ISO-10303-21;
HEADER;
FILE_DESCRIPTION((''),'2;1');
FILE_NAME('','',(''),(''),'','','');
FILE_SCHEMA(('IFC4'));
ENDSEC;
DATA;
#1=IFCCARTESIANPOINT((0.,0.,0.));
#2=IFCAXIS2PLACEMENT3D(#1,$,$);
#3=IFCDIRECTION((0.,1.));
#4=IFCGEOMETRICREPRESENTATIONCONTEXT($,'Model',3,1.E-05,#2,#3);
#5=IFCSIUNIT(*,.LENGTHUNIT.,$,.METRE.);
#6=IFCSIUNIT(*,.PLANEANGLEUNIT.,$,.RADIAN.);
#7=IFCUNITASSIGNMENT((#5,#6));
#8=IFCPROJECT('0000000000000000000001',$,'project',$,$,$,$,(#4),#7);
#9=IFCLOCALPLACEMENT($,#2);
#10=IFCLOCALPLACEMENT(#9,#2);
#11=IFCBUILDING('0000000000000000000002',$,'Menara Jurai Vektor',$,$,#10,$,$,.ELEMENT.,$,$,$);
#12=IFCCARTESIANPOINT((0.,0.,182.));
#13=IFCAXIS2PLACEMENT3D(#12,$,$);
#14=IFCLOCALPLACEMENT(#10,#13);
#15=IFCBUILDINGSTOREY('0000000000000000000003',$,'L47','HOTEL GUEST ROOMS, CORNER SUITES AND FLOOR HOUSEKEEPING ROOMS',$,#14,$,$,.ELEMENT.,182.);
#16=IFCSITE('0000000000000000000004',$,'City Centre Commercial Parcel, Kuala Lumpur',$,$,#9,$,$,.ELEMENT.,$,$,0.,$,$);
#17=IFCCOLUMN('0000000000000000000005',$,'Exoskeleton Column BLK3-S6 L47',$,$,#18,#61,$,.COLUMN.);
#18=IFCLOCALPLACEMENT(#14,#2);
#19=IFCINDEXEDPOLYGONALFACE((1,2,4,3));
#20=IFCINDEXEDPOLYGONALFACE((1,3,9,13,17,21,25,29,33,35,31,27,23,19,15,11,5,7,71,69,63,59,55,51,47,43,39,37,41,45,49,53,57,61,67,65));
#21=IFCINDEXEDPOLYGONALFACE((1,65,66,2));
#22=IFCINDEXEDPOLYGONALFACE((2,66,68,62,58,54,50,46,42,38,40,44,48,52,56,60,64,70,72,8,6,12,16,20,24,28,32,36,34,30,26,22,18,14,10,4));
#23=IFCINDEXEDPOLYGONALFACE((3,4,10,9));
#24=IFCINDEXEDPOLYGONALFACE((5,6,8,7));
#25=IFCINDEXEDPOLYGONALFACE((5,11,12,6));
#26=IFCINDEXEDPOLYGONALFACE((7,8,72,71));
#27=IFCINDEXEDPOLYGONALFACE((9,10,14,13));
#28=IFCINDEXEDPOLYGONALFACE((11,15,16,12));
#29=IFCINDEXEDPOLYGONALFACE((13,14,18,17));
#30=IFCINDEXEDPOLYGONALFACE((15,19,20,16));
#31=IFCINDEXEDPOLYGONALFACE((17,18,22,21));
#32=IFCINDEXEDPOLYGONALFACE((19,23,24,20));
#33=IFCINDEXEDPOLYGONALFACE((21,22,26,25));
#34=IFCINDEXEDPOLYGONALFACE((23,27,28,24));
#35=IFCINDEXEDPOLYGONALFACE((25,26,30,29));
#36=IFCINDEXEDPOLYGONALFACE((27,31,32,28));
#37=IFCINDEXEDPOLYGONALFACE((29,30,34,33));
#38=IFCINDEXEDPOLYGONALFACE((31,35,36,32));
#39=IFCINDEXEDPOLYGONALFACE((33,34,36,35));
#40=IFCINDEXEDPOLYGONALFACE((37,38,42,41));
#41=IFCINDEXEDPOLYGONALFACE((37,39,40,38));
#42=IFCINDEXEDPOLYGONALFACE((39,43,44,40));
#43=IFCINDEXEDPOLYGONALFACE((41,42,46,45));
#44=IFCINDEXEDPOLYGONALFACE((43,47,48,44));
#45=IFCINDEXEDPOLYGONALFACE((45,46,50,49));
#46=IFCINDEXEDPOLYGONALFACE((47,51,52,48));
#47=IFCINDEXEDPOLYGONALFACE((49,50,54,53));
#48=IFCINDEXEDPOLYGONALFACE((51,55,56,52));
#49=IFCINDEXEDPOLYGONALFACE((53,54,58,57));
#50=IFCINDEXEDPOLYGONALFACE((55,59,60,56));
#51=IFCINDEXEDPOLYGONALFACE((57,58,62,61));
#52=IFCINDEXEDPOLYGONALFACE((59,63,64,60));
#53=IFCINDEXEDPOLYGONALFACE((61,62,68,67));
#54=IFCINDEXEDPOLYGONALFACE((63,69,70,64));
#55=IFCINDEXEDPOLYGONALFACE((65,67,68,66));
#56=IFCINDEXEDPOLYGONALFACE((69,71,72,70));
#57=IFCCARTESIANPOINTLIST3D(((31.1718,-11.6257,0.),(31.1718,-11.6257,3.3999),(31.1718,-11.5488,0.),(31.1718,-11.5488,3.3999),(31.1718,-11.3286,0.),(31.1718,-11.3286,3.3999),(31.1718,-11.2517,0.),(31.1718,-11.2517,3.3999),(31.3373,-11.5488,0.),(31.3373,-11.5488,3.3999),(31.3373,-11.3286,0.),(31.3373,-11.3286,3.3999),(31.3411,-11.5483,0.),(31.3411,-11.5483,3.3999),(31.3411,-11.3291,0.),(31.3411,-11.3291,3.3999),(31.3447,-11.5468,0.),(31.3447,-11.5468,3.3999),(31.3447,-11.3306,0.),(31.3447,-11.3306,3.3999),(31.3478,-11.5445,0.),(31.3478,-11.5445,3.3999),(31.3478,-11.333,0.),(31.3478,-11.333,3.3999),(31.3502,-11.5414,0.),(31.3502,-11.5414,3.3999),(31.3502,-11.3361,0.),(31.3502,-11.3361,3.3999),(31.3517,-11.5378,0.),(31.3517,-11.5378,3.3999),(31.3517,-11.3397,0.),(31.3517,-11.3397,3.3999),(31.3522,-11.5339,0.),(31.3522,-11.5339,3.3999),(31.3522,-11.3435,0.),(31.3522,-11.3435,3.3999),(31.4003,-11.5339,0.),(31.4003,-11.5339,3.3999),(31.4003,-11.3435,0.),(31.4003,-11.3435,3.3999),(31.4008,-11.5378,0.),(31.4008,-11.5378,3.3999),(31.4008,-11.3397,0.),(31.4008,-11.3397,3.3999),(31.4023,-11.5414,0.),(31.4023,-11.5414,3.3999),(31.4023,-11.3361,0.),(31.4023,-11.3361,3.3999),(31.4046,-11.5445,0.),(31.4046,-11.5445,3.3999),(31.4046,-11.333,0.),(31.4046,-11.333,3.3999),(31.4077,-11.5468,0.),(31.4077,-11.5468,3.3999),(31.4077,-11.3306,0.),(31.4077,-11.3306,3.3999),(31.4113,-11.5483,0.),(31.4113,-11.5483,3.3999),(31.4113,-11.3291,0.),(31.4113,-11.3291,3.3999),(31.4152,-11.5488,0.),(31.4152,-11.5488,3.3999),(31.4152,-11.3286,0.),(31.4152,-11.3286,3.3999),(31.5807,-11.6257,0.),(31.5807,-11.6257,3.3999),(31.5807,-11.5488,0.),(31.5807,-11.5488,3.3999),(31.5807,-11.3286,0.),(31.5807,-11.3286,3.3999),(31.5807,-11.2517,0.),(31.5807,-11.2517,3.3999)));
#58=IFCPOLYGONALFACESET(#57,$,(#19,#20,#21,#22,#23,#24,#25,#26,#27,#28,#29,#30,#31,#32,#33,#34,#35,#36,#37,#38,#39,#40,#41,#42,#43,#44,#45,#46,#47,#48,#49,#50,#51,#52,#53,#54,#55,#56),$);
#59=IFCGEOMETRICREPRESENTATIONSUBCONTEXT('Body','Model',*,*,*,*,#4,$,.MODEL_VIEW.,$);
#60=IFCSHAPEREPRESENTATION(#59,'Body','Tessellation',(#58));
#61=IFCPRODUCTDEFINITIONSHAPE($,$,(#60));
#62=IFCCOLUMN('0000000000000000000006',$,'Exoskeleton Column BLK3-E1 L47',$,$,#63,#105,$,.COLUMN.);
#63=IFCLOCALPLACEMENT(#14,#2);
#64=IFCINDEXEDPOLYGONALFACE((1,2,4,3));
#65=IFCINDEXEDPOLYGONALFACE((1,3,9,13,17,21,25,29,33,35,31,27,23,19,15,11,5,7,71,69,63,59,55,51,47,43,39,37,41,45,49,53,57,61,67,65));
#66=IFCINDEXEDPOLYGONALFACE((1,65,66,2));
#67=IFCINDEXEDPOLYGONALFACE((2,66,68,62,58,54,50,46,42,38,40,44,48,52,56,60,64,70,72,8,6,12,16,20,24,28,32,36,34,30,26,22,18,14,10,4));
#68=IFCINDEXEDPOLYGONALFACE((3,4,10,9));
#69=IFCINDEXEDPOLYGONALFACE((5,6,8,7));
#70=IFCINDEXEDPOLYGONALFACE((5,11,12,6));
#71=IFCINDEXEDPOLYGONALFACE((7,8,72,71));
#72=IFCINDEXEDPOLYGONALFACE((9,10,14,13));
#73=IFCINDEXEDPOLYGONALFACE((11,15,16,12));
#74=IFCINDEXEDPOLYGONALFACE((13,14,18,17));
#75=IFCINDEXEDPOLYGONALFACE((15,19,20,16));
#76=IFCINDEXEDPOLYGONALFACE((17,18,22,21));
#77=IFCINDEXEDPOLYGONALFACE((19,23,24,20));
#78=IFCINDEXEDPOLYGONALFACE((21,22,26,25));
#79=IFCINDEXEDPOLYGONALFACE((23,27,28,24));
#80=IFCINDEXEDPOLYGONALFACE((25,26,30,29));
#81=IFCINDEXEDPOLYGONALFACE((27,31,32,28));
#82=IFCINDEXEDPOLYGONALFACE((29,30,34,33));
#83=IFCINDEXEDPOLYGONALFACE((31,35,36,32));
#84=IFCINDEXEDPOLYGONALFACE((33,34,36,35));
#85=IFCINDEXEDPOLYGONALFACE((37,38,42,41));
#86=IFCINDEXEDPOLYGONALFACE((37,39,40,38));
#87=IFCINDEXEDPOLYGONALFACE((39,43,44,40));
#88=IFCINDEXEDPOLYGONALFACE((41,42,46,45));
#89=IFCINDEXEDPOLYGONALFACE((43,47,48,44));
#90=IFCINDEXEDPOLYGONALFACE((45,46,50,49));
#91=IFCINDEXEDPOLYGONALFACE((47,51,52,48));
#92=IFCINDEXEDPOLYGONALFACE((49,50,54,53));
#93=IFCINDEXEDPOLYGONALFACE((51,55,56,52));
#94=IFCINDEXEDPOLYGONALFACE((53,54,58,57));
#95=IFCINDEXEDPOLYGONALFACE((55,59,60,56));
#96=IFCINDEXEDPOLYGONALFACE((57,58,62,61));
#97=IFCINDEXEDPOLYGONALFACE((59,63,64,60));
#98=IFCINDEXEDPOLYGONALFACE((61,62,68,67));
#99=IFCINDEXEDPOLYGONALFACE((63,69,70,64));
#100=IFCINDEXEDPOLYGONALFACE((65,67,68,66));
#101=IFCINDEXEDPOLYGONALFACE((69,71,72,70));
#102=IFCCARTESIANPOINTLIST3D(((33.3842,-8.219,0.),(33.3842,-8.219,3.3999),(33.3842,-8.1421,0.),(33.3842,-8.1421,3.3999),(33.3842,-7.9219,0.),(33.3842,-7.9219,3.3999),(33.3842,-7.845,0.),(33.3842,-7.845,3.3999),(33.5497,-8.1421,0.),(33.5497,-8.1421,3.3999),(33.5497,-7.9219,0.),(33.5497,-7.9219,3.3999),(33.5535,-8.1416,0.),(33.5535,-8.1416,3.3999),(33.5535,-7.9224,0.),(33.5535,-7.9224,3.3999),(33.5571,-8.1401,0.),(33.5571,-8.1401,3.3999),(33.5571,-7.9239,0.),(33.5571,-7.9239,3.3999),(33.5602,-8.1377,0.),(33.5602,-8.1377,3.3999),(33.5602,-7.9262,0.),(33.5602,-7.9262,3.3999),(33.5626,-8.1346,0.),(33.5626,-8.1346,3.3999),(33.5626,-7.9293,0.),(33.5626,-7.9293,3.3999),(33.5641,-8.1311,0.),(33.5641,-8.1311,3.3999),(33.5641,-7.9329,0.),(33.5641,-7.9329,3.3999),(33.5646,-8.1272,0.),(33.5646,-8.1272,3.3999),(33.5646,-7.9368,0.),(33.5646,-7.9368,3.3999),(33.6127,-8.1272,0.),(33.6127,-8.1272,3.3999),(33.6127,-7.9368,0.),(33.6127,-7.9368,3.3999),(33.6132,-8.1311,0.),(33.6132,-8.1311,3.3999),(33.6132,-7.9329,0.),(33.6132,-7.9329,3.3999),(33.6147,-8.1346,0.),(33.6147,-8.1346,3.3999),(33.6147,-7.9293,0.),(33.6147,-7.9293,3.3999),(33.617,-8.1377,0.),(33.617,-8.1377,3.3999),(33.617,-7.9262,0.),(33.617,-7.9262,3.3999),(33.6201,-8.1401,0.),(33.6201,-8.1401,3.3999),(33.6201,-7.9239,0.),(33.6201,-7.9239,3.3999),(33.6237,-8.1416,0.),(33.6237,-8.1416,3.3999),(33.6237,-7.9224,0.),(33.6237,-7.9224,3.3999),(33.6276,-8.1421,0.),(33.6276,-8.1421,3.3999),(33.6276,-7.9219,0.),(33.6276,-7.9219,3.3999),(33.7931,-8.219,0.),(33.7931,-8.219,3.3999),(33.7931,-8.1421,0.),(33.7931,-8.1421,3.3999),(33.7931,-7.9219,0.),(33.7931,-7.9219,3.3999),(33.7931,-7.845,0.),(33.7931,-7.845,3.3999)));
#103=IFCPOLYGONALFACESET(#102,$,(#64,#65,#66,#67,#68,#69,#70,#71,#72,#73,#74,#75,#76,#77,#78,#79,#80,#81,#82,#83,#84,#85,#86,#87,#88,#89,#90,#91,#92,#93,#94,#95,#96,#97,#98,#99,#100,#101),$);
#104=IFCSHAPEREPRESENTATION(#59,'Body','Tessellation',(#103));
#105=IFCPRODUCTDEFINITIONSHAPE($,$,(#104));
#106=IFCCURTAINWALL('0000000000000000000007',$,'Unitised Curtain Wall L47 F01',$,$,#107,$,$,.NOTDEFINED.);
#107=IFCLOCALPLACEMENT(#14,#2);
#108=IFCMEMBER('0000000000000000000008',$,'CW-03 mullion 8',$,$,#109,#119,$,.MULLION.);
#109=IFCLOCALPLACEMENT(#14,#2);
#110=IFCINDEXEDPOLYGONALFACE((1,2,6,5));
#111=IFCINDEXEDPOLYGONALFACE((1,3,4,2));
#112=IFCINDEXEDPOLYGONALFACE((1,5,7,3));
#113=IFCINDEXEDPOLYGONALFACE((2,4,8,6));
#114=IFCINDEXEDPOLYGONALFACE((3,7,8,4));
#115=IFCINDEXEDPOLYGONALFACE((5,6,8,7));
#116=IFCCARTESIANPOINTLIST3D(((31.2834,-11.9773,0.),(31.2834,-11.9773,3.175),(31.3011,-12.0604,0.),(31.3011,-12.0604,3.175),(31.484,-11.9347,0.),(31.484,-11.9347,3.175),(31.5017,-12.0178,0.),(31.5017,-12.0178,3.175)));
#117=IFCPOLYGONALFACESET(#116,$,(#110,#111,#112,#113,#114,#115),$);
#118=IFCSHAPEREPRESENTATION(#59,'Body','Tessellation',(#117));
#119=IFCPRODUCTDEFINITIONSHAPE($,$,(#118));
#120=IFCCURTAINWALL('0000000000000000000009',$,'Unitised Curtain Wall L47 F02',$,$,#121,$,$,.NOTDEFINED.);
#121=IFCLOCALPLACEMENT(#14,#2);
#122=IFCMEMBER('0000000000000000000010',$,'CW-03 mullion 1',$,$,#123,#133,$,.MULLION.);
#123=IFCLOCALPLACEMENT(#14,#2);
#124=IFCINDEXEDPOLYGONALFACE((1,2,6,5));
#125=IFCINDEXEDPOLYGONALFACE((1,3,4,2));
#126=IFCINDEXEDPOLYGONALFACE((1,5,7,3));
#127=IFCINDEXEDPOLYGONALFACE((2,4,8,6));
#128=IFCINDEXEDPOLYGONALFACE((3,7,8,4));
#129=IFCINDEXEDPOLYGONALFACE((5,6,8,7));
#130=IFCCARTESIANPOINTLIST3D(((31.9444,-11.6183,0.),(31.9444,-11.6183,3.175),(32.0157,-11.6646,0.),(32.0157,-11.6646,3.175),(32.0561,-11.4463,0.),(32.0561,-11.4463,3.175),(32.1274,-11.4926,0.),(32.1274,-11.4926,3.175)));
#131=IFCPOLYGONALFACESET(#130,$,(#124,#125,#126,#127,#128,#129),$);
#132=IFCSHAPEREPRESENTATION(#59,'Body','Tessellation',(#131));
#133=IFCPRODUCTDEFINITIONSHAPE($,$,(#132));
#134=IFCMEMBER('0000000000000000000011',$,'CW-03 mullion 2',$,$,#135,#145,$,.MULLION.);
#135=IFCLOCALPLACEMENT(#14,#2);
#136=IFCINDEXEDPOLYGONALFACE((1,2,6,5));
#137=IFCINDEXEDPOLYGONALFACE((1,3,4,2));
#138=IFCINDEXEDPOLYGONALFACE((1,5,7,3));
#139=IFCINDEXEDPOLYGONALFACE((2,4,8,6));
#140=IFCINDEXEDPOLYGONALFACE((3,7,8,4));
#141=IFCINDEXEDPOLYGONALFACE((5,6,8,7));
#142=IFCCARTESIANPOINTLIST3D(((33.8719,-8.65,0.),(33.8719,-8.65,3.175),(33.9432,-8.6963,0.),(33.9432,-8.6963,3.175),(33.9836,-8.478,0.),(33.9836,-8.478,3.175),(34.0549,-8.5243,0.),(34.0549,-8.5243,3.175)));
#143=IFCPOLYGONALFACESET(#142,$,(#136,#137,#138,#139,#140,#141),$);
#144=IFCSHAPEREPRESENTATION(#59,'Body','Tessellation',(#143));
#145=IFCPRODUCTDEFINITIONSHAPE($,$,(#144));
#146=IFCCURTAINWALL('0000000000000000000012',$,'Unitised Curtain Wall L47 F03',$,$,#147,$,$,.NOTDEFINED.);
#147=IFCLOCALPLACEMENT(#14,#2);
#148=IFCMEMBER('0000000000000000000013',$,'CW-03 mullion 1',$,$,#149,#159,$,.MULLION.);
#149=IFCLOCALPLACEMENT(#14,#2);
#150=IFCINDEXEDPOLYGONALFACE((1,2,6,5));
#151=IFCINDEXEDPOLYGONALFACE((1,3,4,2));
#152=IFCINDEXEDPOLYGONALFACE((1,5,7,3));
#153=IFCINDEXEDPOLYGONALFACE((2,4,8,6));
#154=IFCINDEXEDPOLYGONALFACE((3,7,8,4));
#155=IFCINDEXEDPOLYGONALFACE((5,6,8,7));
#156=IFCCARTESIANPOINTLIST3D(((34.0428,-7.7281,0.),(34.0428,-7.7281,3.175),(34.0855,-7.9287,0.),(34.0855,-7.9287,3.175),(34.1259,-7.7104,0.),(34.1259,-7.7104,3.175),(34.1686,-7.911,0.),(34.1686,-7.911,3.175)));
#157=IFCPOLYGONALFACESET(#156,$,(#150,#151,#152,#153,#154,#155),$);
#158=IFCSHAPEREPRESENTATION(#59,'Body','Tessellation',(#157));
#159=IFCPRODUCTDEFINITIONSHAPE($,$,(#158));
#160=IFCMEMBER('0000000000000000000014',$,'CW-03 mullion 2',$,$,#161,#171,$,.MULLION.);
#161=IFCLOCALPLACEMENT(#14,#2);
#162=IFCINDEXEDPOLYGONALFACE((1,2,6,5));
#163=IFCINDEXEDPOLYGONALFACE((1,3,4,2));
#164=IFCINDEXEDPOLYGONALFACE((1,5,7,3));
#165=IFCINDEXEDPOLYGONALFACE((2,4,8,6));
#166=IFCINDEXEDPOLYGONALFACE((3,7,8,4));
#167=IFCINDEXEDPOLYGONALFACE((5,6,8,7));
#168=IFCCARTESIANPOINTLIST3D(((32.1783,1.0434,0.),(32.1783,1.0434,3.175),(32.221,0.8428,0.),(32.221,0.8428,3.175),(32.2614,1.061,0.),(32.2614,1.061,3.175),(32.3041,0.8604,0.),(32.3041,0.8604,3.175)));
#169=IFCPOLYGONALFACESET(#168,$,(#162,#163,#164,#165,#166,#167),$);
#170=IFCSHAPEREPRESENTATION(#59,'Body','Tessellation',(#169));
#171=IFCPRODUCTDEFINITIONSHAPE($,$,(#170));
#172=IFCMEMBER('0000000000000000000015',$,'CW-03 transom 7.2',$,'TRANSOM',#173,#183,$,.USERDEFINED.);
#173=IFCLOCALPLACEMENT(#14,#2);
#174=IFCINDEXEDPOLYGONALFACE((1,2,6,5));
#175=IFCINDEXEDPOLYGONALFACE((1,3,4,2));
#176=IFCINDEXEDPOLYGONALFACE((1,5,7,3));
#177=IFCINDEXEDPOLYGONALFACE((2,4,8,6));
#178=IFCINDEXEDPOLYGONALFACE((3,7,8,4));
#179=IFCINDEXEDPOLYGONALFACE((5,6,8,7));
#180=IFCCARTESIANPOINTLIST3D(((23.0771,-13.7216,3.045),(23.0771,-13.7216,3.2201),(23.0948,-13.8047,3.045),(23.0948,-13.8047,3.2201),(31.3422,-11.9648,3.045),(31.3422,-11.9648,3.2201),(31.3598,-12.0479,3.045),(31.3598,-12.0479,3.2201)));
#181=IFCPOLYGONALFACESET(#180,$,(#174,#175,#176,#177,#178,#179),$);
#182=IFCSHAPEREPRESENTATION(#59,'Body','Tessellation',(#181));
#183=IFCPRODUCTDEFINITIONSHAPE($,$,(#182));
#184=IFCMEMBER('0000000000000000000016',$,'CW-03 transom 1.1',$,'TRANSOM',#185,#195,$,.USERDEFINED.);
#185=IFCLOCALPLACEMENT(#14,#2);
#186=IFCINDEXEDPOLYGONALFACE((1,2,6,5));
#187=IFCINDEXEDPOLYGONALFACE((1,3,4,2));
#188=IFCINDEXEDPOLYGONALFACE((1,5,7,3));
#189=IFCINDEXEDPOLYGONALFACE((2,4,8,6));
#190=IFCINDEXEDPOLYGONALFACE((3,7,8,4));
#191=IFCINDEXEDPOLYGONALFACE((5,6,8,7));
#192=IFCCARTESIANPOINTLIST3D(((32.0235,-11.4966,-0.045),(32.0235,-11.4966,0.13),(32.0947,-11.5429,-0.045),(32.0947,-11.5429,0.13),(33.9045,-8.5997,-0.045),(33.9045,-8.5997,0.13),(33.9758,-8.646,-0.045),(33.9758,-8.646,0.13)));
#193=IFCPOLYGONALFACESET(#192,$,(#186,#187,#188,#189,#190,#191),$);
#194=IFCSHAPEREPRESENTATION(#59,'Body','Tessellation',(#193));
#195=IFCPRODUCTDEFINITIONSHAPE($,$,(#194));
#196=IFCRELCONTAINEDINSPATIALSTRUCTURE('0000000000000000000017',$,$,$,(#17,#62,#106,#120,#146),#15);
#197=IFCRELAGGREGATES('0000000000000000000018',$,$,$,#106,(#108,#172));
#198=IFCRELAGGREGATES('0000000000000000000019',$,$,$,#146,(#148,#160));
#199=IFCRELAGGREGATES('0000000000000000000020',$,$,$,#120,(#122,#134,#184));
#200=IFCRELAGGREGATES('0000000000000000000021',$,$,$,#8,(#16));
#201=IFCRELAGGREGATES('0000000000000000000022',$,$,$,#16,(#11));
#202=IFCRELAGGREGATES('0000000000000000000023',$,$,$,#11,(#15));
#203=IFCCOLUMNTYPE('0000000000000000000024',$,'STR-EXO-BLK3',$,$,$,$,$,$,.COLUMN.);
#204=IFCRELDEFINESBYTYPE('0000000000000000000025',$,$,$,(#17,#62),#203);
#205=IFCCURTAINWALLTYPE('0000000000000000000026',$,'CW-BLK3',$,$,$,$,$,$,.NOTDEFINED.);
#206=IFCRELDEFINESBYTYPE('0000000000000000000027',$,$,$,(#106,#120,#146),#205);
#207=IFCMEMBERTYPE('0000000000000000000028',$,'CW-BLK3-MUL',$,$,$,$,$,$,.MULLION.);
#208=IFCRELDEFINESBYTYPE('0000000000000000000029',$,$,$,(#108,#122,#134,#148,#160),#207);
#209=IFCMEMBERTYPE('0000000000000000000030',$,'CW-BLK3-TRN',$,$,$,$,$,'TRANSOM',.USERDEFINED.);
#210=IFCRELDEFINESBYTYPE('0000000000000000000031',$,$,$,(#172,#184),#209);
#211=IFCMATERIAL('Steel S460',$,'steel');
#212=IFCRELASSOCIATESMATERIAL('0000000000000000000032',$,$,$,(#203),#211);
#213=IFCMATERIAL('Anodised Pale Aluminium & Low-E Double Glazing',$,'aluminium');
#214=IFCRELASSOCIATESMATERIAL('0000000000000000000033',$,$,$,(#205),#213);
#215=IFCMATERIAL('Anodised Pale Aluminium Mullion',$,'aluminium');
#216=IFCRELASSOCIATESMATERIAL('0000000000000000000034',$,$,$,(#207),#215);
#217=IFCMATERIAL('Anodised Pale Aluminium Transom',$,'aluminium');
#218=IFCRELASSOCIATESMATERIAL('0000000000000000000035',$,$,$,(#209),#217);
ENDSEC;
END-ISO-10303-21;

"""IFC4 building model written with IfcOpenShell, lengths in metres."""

from ifc_helpers import new_model, si_unit, direction, frame, origin, origin_2d, place, context, subcontext, project, spatial, rectangle, i_section, extrude, material, material_profile, profile_set, type_object, element, aggregate, save


model = new_model("IFC4")

# Units and contexts
model_context = context("Model", 3, precision=1e-05, world=origin(), true_north=direction((0.0, 1.0)))
body_context = subcontext(model_context, "Body", "Model", "MODEL_VIEW")
ifc_project = project(units=[si_unit("LENGTHUNIT", "METRE"), si_unit("PLANEANGLEUNIT", "RADIAN")], contexts=[model_context])

# Site, building, storey
site_placement = place(None, origin())
site = spatial("IfcSite", under=ifc_project, at=site_placement, Name="City Centre Commercial Parcel, Kuala Lumpur", CompositionType="ELEMENT", RefElevation=0.0)
building_placement = place(site_placement, origin())
building = spatial("IfcBuilding", under=site, at=building_placement, Name="Menara Jurai Vektor", CompositionType="ELEMENT")
storey_placement = place(building_placement, frame((0.0, 0.0, 182.0)))
storey = spatial("IfcBuildingStorey", under=building, at=storey_placement, Name="L47", Description="HOTEL GUEST ROOMS, CORNER SUITES AND FLOOR HOUSEKEEPING ROOMS", CompositionType="ELEMENT", Elevation=182.0)

# Columns
ifc_material_1 = material(Name="Steel S460", Category="steel")
ifc_material_profile_1 = material_profile(ifc_material_1, i_section(OverallWidth=0.4089, OverallDepth=0.374, WebThickness=0.0481, FlangeThickness=0.0769, FilletRadius=0.0149, at=origin_2d()), Name="HD 400x634")
ifc_profile_set_1 = profile_set([ifc_material_profile_1], Name="Steel S460")
column_type = type_object("IfcColumnType", Name="STR-EXO-BLK3", PredefinedType="COLUMN", material=ifc_profile_set_1)
for number, where, z_axis, x_axis, name in (
    (1, (31.3762, -11.4387, 0.0), (0.0, 0.0, 1.0), (1.0, 0.0, 0.0), "Exoskeleton Column BLK3-S6 L47"),
    (2, (33.5886, -8.032, 0.0), (0.0, 0.0, 1.0), (1.0, 0.0, 0.0), "Exoskeleton Column BLK3-E1 L47"),
):
    element("IfcColumn", number, at=place(storey_placement, frame(where, z_axis=z_axis, x_axis=x_axis)), inside=storey, type_object=column_type, Name=name, PredefinedType="COLUMN", context=body_context, shape_type="SweptSolid", body=[
        extrude(i_section(OverallWidth=0.4089, OverallDepth=0.374, WebThickness=0.0481, FlangeThickness=0.0769, FilletRadius=0.0149, at=origin_2d()), origin(), (0.0, 0.0, 1.0), 3.3999),
    ])

# Curtain wall, member
ifc_material_2 = material(Name="Anodised Pale Aluminium & Low-E Double Glazing", Category="aluminium")
curtain_wall_type = type_object("IfcCurtainWallType", Name="CW-BLK3", PredefinedType="NOTDEFINED", material=ifc_material_2)
curtain_wall_1_placement = place(storey_placement, origin())
curtain_wall_1 = element("IfcCurtainWall", 3, at=curtain_wall_1_placement, inside=storey, type_object=curtain_wall_type, Name="Unitised Curtain Wall L47 F01", PredefinedType="NOTDEFINED")
ifc_material_3 = material(Name="Anodised Pale Aluminium Mullion", Category="aluminium")
ifc_material_profile_2 = material_profile(ifc_material_3, rectangle(XDim=0.085, YDim=0.2051, at=origin_2d()), Name="ALU MUL 85x205")
ifc_profile_set_2 = profile_set([ifc_material_profile_2], Name="Anodised Pale Aluminium Mullion")
member_type_1 = type_object("IfcMemberType", Name="CW-BLK3-MUL", PredefinedType="MULLION", material=ifc_profile_set_2)
member_1_placement = place(storey_placement, frame((31.3926, -11.9976, 0.0), z_axis=(0.0, 0.0, 1.0), x_axis=(-0.207911, 0.978148, 0.0)))
member_1 = element("IfcMember", 4, at=member_1_placement, type_object=member_type_1, Name="CW-03 mullion 8", PredefinedType="MULLION", context=body_context, shape_type="SweptSolid", body=[
    extrude(rectangle(XDim=0.085, YDim=0.2051, at=origin_2d()), origin(), (0.0, 0.0, 1.0), 3.175),
])

# Curtain walls, members
curtain_wall_2_placement = place(storey_placement, origin())
curtain_wall_2 = element("IfcCurtainWall", 5, at=curtain_wall_2_placement, inside=storey, type_object=curtain_wall_type, Name="Unitised Curtain Wall L47 F02", PredefinedType="NOTDEFINED")
member_2_placement = place(storey_placement, frame((32.0359, -11.5554, 0.0), z_axis=(0.0, 0.0, 1.0), x_axis=(-0.838684, 0.544618, 0.0)))
member_2 = element("IfcMember", 6, at=member_2_placement, type_object=member_type_1, Name="CW-03 mullion 1", PredefinedType="MULLION", context=body_context, shape_type="SweptSolid", body=[
    extrude(rectangle(XDim=0.085, YDim=0.2051, at=origin_2d()), origin(), (0.0, 0.0, 1.0), 3.175),
])
member_3_placement = place(storey_placement, frame((33.9634, -8.5872, 0.0), z_axis=(0.0, 0.0, 1.0), x_axis=(-0.838684, 0.544618, 0.0)))
member_3 = element("IfcMember", 7, at=member_3_placement, type_object=member_type_1, Name="CW-03 mullion 2", PredefinedType="MULLION", context=body_context, shape_type="SweptSolid", body=[
    extrude(rectangle(XDim=0.085, YDim=0.2051, at=origin_2d()), origin(), (0.0, 0.0, 1.0), 3.175),
])
curtain_wall_3_placement = place(storey_placement, origin())
curtain_wall_3 = element("IfcCurtainWall", 8, at=curtain_wall_3_placement, inside=storey, type_object=curtain_wall_type, Name="Unitised Curtain Wall L47 F03", PredefinedType="NOTDEFINED")
member_4_placement = place(storey_placement, frame((34.1057, -7.8196, 0.0), z_axis=(0.0, 0.0, 1.0), x_axis=(-0.978148, -0.20791, 0.0)))
member_4 = element("IfcMember", 9, at=member_4_placement, type_object=member_type_1, Name="CW-03 mullion 1", PredefinedType="MULLION", context=body_context, shape_type="SweptSolid", body=[
    extrude(rectangle(XDim=0.085, YDim=0.2051, at=origin_2d()), origin(), (0.0, 0.0, 1.0), 3.175),
])
member_5_placement = place(storey_placement, frame((32.2412, 0.9519, 0.0), z_axis=(0.0, 0.0, 1.0), x_axis=(-0.978148, -0.20791, 0.0)))
member_5 = element("IfcMember", 10, at=member_5_placement, type_object=member_type_1, Name="CW-03 mullion 2", PredefinedType="MULLION", context=body_context, shape_type="SweptSolid", body=[
    extrude(rectangle(XDim=0.085, YDim=0.2051, at=origin_2d()), origin(), (0.0, 0.0, 1.0), 3.175),
])

# Members
ifc_material_4 = material(Name="Anodised Pale Aluminium Transom", Category="aluminium")
ifc_material_profile_3 = material_profile(ifc_material_4, rectangle(XDim=0.085, YDim=0.175, at=origin_2d()), Name="ALU TRN 85x175")
ifc_profile_set_3 = profile_set([ifc_material_profile_3], Name="Anodised Pale Aluminium Transom")
member_type_2 = type_object("IfcMemberType", Name="CW-BLK3-TRN", ElementType="TRANSOM", PredefinedType="USERDEFINED", material=ifc_profile_set_3)
member_6_placement = place(storey_placement, frame((23.0859, -13.7632, 3.1326), z_axis=(0.978147, 0.207915, 0.0), x_axis=(-0.207915, 0.978147, 0.0)))
member_6 = element("IfcMember", 11, at=member_6_placement, type_object=member_type_2, Name="CW-03 transom 7.2", ObjectType="TRANSOM", PredefinedType="USERDEFINED", context=body_context, shape_type="SweptSolid", body=[
    extrude(rectangle(XDim=0.085, YDim=0.175, at=origin_2d()), origin(), (0.0, 0.0, 1.0), 8.4497),
])
member_7_placement = place(storey_placement, frame((32.0591, -11.5198, 0.0425), z_axis=(0.544596, 0.838699, 0.0), x_axis=(-0.838699, 0.544596, 0.0)))
member_7 = element("IfcMember", 12, at=member_7_placement, type_object=member_type_2, Name="CW-03 transom 1.1", ObjectType="TRANSOM", PredefinedType="USERDEFINED", context=body_context, shape_type="SweptSolid", body=[
    extrude(rectangle(XDim=0.085, YDim=0.175, at=origin_2d()), origin(), (0.0, 0.0, 1.0), 3.4541),
])

aggregate(curtain_wall_1, [member_1, member_6])
aggregate(curtain_wall_3, [member_4, member_5])
aggregate(curtain_wall_2, [member_2, member_3, member_7])

save(model, "model.ifc")
